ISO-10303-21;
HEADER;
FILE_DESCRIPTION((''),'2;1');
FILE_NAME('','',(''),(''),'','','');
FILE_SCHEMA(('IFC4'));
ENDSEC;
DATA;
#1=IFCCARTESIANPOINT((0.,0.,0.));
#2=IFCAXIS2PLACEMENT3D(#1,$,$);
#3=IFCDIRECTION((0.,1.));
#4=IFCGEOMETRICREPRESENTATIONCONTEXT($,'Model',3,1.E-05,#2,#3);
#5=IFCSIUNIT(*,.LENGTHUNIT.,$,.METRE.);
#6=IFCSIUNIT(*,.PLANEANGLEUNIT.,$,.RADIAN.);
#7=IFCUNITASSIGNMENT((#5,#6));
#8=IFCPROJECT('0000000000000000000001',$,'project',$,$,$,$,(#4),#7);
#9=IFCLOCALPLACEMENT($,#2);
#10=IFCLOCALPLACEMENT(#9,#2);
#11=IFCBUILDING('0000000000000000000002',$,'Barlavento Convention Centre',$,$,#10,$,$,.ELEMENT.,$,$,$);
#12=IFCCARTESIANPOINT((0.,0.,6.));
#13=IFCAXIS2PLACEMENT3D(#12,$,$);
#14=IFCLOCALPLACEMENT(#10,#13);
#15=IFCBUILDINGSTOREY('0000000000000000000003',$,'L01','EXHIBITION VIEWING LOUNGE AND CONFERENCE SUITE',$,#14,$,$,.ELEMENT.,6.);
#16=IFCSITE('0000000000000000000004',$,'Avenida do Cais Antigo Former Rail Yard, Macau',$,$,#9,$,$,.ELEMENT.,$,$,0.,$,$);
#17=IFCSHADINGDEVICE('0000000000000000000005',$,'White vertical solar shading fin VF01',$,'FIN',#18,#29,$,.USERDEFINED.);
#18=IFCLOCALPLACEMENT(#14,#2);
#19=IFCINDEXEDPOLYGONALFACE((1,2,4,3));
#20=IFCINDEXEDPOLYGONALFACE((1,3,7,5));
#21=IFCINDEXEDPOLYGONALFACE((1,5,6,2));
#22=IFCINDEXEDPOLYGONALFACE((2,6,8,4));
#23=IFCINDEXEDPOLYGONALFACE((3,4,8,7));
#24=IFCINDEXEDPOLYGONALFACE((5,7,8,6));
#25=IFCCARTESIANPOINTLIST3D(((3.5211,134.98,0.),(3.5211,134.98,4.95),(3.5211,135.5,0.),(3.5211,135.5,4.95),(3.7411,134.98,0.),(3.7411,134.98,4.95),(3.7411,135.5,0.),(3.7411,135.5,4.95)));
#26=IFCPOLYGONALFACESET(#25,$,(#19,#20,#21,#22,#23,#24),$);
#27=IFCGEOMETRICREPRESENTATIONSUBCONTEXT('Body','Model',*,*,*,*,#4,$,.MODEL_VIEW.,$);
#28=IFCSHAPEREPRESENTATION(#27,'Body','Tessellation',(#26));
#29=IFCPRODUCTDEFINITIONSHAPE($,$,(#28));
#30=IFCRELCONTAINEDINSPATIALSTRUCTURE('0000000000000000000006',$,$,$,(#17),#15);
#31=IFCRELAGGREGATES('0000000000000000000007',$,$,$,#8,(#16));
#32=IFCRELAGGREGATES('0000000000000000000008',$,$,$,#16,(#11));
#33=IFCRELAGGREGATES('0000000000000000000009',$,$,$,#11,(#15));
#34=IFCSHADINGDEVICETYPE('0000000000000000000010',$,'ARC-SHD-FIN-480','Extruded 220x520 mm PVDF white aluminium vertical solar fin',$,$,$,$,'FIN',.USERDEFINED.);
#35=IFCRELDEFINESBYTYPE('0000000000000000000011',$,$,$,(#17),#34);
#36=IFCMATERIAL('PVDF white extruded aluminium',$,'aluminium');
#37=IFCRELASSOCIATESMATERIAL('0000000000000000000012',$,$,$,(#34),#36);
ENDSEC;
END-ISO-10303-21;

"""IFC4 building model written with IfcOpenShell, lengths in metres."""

from ifc_helpers import new_model, si_unit, direction, frame, origin, origin_2d, place, context, subcontext, project, spatial, rectangle, extrude, material, type_object, element, save


model = new_model("IFC4")

# Units and contexts
model_context = context("Model", 3, precision=1e-05, world=origin(), true_north=direction((0.0, 1.0)))
body_context = subcontext(model_context, "Body", "Model", "MODEL_VIEW")
ifc_project = project(units=[si_unit("LENGTHUNIT", "METRE"), si_unit("PLANEANGLEUNIT", "RADIAN")], contexts=[model_context])

# Site, building, storey
site_placement = place(None, origin())
site = spatial("IfcSite", under=ifc_project, at=site_placement, Name="Avenida do Cais Antigo Former Rail Yard, Macau", CompositionType="ELEMENT", RefElevation=0.0)
building_placement = place(site_placement, origin())
building = spatial("IfcBuilding", under=site, at=building_placement, Name="Barlavento Convention Centre", CompositionType="ELEMENT")
storey_placement = place(building_placement, frame((0.0, 0.0, 6.0)))
storey = spatial("IfcBuildingStorey", under=building, at=storey_placement, Name="L01", Description="EXHIBITION VIEWING LOUNGE AND CONFERENCE SUITE", CompositionType="ELEMENT", Elevation=6.0)

# Shading device
ifc_material_1 = material(Name="PVDF white extruded aluminium", Category="aluminium")
shading_device_type = type_object("IfcShadingDeviceType", Name="ARC-SHD-FIN-480", Description="Extruded 220x520 mm PVDF white aluminium vertical solar fin", ElementType="FIN", PredefinedType="USERDEFINED", material=ifc_material_1)
for number, where, z_axis, x_axis, name in (
    (1, (3.6311, 135.24, 0.0), (0.0, 0.0, 1.0), (1.0, 0.0, 0.0), "White vertical solar shading fin VF01"),
):
    element("IfcShadingDevice", number, at=place(storey_placement, frame(where, z_axis=z_axis, x_axis=x_axis)), inside=storey, type_object=shading_device_type, Name=name, ObjectType="FIN", PredefinedType="USERDEFINED", context=body_context, shape_type="SweptSolid", body=[
        extrude(rectangle(XDim=0.22, YDim=0.52, at=origin_2d()), origin(), (0.0, 0.0, 1.0), 4.95),
    ])

save(model, "model.ifc")
